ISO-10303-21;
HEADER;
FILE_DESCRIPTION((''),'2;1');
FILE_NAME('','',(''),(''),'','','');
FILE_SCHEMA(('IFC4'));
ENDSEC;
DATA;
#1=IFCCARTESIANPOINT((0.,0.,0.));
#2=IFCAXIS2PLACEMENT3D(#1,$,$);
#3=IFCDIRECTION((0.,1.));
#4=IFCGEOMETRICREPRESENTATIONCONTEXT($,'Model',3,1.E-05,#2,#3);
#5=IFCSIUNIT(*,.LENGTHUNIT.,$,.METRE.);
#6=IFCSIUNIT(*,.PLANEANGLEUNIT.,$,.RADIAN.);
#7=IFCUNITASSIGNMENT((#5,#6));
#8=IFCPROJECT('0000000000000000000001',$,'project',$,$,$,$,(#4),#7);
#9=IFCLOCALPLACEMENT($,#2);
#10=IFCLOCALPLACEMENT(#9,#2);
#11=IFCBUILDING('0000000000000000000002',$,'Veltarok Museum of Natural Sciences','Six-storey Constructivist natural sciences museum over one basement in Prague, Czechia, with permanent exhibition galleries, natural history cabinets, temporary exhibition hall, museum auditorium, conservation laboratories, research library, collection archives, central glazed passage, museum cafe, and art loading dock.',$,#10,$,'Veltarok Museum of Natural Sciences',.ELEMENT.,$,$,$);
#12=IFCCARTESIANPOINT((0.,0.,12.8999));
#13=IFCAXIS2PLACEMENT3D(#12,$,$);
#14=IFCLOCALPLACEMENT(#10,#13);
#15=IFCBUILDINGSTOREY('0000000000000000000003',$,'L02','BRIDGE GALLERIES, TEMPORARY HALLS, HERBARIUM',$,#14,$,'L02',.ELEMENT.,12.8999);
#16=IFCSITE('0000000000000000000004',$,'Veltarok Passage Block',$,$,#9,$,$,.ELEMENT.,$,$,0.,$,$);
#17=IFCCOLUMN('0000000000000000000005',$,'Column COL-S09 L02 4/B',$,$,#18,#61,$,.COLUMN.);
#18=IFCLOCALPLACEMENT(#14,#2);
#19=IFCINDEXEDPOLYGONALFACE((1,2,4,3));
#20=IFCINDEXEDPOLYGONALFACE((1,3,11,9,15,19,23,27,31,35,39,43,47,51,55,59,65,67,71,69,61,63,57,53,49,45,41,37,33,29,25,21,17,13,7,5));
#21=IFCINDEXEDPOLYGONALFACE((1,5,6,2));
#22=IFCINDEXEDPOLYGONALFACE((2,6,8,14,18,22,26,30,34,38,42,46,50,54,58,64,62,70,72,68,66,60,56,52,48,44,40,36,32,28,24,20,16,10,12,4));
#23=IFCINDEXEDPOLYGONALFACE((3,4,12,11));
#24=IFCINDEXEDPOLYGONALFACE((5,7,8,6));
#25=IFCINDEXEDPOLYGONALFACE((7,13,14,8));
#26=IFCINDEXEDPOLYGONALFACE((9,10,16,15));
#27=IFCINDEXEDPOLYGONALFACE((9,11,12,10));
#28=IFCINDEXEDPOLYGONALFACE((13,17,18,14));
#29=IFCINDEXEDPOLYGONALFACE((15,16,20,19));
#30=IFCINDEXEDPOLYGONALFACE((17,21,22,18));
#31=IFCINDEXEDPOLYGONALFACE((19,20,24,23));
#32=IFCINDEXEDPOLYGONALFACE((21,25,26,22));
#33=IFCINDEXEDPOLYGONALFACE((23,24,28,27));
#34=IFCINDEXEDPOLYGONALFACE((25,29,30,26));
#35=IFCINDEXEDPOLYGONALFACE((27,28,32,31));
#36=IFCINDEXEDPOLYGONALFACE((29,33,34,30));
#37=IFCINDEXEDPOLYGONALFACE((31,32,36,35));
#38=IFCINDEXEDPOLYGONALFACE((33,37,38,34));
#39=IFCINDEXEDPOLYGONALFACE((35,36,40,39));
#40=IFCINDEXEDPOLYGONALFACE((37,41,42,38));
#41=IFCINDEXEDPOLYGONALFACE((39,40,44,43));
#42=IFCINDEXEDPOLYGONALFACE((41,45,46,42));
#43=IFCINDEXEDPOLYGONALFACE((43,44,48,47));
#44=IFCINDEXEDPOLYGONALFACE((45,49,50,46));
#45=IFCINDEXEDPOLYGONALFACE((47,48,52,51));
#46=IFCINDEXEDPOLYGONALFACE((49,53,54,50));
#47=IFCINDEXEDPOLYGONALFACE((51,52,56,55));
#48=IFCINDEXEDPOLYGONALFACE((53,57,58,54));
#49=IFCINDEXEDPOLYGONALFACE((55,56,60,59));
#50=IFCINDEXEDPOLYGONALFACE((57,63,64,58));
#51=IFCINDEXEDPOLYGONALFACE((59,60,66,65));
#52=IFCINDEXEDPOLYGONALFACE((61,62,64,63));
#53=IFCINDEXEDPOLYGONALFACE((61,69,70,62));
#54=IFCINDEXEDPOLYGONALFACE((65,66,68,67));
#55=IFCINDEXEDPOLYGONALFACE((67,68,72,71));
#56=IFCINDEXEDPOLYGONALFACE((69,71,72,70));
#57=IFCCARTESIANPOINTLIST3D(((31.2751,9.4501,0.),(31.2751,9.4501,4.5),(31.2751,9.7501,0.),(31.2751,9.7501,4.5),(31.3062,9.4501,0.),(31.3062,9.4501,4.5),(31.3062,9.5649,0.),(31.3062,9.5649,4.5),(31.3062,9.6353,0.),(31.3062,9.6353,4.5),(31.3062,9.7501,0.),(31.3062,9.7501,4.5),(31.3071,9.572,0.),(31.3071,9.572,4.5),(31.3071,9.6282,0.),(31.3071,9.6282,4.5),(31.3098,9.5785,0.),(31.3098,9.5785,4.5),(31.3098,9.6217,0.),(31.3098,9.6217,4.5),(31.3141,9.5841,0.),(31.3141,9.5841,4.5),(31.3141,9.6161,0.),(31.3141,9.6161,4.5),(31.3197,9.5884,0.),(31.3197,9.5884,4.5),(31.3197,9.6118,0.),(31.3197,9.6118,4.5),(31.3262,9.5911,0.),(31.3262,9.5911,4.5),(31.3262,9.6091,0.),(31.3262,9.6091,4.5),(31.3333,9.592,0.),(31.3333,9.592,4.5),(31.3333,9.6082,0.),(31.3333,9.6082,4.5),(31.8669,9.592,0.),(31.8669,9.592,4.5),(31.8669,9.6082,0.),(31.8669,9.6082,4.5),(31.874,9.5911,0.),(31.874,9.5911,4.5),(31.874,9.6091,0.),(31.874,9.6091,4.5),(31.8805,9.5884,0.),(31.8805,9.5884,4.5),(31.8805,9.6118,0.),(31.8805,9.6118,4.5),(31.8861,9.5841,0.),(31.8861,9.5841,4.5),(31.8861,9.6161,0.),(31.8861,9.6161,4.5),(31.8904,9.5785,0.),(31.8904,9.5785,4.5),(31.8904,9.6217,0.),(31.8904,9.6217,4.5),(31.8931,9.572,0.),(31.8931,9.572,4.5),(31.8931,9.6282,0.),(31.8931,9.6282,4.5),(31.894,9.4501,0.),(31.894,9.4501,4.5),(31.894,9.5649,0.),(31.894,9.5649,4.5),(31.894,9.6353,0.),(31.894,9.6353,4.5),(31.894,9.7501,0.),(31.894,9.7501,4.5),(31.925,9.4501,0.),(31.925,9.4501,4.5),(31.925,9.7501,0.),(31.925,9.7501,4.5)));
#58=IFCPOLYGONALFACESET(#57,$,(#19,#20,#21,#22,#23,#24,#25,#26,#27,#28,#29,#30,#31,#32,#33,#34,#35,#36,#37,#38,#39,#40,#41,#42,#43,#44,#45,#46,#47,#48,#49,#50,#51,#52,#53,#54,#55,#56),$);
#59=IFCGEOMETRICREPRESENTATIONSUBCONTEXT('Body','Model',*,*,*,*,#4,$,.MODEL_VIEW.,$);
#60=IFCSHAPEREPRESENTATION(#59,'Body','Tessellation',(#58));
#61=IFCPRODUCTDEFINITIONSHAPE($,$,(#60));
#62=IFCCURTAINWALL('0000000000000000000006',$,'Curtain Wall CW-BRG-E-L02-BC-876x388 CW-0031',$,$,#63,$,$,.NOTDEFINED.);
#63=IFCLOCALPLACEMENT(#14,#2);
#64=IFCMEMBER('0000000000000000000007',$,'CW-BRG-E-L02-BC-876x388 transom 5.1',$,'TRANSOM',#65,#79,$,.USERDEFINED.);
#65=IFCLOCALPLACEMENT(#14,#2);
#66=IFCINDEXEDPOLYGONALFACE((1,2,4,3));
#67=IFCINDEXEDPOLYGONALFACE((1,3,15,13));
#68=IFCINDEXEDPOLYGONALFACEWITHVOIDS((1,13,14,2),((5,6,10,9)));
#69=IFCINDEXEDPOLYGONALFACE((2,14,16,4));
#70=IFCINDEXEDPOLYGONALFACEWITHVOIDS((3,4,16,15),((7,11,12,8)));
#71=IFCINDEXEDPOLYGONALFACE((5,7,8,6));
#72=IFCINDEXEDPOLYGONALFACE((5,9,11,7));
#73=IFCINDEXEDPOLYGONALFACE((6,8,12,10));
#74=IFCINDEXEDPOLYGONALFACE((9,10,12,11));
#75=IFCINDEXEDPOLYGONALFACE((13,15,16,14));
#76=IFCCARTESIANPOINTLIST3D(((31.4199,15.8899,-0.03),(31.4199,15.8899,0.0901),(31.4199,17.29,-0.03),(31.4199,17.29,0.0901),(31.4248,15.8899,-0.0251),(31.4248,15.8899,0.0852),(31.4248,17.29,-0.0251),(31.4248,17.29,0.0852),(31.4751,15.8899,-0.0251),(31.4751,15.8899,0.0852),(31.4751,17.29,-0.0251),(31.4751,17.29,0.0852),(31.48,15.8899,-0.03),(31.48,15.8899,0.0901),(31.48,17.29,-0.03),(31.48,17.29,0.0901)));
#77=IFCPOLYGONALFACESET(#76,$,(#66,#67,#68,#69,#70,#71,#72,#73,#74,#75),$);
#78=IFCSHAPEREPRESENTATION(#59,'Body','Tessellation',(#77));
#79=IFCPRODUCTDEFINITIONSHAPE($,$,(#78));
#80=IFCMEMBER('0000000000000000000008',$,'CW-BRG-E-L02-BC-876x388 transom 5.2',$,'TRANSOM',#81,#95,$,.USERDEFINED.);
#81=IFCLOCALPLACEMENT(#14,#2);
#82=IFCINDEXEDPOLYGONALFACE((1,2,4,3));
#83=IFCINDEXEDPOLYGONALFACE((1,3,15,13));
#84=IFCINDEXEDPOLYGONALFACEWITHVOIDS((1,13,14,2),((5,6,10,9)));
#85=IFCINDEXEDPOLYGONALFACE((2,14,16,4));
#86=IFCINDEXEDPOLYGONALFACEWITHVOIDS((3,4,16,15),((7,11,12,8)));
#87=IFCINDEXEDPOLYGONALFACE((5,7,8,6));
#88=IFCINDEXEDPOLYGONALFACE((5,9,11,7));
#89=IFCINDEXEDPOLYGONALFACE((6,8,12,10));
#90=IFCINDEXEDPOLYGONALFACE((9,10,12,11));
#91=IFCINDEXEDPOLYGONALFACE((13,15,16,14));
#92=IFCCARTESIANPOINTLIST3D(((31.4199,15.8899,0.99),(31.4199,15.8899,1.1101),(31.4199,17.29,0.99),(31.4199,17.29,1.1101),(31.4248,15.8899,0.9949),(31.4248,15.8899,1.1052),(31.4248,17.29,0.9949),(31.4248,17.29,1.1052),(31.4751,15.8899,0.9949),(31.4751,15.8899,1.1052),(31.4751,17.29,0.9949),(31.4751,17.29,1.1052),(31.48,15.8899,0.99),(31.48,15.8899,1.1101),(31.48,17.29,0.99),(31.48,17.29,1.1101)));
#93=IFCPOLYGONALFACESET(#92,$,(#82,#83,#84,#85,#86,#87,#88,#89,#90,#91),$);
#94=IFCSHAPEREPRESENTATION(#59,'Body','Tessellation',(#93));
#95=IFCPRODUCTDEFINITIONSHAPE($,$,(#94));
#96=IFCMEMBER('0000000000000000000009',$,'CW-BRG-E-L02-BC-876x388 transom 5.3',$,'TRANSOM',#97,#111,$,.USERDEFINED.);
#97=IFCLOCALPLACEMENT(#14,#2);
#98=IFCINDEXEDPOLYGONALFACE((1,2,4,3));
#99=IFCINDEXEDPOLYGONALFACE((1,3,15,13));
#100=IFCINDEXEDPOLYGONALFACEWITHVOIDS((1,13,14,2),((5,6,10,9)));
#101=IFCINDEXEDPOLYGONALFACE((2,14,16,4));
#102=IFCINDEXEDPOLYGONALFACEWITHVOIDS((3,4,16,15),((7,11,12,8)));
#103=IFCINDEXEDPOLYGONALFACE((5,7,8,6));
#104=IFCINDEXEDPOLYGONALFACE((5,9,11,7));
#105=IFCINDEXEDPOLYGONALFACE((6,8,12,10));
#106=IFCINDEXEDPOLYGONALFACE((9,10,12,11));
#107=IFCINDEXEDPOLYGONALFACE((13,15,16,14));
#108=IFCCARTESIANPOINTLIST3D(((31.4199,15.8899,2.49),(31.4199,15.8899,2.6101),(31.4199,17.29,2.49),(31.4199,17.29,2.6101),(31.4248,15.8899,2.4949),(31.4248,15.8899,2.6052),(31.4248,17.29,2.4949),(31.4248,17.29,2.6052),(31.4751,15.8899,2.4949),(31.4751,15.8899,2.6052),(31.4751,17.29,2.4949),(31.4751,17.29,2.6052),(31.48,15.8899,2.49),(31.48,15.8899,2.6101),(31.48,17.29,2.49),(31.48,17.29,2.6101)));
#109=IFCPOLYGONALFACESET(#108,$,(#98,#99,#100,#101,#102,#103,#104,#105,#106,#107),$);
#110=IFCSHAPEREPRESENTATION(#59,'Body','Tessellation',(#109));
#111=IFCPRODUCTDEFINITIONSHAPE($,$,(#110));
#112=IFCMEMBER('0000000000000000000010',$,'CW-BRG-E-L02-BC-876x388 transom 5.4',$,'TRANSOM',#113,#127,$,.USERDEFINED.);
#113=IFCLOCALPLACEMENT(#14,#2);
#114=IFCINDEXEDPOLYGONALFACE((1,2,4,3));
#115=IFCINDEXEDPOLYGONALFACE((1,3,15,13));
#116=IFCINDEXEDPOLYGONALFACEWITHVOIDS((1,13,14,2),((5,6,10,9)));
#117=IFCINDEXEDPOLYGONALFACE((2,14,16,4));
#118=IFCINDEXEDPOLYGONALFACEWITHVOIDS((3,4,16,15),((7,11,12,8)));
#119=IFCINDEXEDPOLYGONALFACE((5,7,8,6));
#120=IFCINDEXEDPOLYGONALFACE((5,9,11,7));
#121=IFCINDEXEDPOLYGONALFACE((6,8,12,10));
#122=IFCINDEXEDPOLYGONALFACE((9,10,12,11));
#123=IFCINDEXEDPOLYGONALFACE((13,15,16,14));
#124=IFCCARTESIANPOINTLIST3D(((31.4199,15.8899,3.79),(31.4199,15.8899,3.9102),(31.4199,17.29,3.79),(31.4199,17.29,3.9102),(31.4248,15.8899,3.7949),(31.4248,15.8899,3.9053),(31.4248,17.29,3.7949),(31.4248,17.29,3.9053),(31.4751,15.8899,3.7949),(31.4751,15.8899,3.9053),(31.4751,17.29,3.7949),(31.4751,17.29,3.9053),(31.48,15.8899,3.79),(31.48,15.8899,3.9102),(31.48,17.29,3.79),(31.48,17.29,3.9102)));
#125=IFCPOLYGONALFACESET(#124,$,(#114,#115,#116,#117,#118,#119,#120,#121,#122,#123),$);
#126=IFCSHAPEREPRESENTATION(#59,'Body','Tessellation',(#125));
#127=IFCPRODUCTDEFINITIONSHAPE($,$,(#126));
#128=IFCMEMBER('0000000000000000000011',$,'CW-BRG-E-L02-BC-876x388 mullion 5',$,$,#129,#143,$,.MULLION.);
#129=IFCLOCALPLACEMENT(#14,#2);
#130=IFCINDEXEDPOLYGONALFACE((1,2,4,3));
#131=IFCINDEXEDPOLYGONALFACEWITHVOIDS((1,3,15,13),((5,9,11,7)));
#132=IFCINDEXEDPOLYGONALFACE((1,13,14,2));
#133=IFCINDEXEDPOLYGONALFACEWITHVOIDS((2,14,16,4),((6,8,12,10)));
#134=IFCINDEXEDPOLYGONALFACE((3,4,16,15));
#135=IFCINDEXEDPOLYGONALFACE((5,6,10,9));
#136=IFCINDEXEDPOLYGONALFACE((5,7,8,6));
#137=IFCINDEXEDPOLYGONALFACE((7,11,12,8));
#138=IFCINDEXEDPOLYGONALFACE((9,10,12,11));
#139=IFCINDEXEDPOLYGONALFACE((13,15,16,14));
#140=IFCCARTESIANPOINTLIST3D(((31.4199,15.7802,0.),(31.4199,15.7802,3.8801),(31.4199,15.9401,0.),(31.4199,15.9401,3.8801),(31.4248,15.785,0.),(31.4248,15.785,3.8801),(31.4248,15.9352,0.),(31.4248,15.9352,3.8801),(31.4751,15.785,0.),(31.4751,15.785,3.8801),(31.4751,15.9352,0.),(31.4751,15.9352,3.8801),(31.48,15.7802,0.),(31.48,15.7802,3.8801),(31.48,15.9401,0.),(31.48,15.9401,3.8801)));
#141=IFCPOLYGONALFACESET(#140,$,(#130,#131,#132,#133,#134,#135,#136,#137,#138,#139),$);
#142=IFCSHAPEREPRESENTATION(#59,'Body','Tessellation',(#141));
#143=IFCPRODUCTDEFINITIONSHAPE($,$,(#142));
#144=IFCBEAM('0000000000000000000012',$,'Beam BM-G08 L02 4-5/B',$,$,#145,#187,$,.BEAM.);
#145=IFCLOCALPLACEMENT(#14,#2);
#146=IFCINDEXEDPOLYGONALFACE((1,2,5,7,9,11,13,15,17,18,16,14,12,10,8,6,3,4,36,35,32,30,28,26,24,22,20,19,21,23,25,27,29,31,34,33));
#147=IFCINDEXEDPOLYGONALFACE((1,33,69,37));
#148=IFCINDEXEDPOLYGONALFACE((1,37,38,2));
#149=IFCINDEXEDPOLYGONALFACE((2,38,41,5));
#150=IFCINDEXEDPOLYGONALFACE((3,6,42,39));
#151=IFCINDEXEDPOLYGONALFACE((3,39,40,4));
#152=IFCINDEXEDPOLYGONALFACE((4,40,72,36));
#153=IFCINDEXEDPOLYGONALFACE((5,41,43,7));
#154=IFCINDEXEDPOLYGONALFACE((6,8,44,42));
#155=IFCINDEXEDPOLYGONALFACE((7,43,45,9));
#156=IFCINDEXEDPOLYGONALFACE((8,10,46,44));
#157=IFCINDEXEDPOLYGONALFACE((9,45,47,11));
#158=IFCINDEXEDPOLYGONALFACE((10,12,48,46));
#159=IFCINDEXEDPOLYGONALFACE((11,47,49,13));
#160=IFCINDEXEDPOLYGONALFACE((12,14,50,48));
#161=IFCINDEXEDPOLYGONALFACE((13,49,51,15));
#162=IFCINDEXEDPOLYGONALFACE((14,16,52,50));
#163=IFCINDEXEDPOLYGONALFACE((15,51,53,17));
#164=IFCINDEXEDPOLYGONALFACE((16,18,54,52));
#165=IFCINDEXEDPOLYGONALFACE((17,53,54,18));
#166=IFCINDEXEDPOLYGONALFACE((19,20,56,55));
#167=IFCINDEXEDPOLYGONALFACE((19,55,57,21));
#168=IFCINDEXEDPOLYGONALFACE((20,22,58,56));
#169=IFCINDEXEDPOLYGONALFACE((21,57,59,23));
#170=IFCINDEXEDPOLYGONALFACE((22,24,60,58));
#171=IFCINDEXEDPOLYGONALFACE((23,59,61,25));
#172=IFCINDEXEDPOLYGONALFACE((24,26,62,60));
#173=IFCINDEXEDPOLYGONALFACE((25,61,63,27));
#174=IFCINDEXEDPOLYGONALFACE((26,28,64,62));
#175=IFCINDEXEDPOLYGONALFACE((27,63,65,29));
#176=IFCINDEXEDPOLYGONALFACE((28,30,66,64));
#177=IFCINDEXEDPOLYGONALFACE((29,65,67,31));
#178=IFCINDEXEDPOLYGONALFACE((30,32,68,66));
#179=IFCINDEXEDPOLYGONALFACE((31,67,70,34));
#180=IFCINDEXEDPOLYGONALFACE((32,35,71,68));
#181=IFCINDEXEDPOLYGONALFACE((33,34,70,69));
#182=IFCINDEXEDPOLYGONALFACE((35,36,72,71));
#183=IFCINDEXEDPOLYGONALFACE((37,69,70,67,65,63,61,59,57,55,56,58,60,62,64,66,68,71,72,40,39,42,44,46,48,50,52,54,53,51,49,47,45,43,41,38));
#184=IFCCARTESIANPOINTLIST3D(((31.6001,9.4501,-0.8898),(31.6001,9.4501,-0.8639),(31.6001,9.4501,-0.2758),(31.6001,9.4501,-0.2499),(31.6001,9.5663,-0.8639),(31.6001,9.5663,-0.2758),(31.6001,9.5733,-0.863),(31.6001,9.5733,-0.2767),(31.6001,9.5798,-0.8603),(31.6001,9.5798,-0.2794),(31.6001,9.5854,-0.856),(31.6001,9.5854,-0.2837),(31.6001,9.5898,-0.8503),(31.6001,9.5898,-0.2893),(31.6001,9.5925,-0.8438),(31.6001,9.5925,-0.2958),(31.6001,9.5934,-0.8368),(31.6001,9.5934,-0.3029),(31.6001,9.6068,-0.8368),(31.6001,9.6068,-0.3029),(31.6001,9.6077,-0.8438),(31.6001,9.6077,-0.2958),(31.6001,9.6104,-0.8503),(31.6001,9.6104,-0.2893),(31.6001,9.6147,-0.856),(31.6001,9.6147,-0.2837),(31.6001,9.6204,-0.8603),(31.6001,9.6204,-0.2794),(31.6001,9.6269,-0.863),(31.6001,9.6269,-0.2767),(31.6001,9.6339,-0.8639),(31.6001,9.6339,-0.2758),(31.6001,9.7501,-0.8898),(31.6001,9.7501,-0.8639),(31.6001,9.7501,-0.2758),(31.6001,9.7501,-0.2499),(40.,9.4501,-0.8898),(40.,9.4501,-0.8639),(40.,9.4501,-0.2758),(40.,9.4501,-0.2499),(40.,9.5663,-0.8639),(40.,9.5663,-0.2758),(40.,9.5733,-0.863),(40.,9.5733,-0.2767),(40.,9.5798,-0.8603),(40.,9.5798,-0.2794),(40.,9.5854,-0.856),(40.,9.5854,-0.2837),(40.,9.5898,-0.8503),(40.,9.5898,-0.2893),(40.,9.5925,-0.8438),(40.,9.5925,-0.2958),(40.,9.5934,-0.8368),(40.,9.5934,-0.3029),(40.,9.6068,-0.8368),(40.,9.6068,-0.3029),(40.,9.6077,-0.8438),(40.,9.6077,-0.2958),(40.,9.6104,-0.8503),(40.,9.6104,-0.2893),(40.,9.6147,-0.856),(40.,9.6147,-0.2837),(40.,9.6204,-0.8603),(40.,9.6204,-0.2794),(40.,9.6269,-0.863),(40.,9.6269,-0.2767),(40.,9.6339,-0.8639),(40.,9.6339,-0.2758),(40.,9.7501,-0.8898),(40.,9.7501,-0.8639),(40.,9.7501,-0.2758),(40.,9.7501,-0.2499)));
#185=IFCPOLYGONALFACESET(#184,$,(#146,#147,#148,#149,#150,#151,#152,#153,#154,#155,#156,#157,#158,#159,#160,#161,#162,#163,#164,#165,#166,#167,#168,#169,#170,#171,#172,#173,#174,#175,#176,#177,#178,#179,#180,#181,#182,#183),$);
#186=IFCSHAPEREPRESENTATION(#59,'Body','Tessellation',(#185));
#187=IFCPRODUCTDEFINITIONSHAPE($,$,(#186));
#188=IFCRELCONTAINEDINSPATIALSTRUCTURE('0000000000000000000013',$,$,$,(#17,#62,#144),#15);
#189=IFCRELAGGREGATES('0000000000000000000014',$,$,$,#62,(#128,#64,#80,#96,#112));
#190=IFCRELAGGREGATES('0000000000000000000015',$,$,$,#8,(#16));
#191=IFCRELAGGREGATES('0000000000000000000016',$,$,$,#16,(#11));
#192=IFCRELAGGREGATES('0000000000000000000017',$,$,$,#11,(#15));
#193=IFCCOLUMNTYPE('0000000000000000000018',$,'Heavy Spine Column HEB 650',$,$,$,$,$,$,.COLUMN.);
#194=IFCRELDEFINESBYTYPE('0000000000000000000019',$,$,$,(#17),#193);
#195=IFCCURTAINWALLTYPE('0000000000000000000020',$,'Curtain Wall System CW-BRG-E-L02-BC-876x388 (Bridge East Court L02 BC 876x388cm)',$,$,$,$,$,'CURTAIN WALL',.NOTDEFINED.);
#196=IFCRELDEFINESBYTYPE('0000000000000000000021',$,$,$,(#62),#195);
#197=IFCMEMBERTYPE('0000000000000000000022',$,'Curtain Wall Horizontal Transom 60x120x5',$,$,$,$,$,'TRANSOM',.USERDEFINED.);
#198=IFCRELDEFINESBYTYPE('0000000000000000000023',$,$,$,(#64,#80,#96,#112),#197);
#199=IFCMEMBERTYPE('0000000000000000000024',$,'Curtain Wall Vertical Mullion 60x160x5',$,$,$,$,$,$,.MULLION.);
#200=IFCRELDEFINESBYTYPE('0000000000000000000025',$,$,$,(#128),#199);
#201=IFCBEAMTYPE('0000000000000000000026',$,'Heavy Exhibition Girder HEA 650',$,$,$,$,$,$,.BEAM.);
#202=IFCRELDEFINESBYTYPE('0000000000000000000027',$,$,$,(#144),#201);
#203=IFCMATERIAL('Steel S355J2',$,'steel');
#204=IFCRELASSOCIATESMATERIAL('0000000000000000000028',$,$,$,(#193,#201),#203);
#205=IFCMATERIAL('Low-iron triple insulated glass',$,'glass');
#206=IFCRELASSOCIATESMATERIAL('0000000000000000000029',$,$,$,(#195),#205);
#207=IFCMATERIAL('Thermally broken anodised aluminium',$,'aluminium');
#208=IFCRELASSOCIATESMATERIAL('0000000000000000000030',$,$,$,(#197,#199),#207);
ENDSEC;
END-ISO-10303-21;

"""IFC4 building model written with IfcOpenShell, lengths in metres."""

from ifc_helpers import new_model, si_unit, direction, frame, origin, origin_2d, place, context, subcontext, project, spatial, hollow_rectangle, i_section, extrude, material, material_profile, profile_set, type_object, element, aggregate, save


model = new_model("IFC4")

# Units and contexts
model_context = context("Model", 3, precision=1e-05, world=origin(), true_north=direction((0.0, 1.0)))
body_context = subcontext(model_context, "Body", "Model", "MODEL_VIEW")
ifc_project = project(units=[si_unit("LENGTHUNIT", "METRE"), si_unit("PLANEANGLEUNIT", "RADIAN")], contexts=[model_context])

# Site, building, storey
site_placement = place(None, origin())
site = spatial("IfcSite", under=ifc_project, at=site_placement, Name="Veltarok Passage Block", CompositionType="ELEMENT", RefElevation=0.0)
building_placement = place(site_placement, origin())
building = spatial("IfcBuilding", under=site, at=building_placement, Name="Veltarok Museum of Natural Sciences", Description="Six-storey Constructivist natural sciences museum over one basement in Prague, Czechia, with permanent exhibition galleries, natural history cabinets, temporary exhibition hall, museum auditorium, conservation laboratories, research library, collection archives, central glazed passage, museum cafe, and art loading dock.", LongName="Veltarok Museum of Natural Sciences", CompositionType="ELEMENT")
storey_placement = place(building_placement, frame((0.0, 0.0, 12.8999)))
storey = spatial("IfcBuildingStorey", under=building, at=storey_placement, Name="L02", Description="BRIDGE GALLERIES, TEMPORARY HALLS, HERBARIUM", LongName="L02", CompositionType="ELEMENT", Elevation=12.8999)

# Column
ifc_material_1 = material(Name="Steel S355J2", Category="steel")
ifc_material_profile_1 = material_profile(ifc_material_1, i_section(OverallWidth=0.3, OverallDepth=0.6499, WebThickness=0.0161, FlangeThickness=0.031, FilletRadius=0.0271, at=origin_2d()), Name="HEB 650")
ifc_profile_set_1 = profile_set([ifc_material_profile_1], Name="Steel S355J2")
column_type = type_object("IfcColumnType", Name="Heavy Spine Column HEB 650", PredefinedType="COLUMN", material=ifc_profile_set_1)
column_placement = place(storey_placement, frame((31.6001, 9.6001, 0.0), z_axis=(0.0, 0.0, 1.0), x_axis=(0.0, 1.0, 0.0)))
element("IfcColumn", 1, at=column_placement, inside=storey, type_object=column_type, Name="Column COL-S09 L02 4/B", PredefinedType="COLUMN", context=body_context, shape_type="SweptSolid", body=[
    extrude(i_section(OverallWidth=0.3, OverallDepth=0.6499, WebThickness=0.0161, FlangeThickness=0.031, FilletRadius=0.0271, at=origin_2d()), origin(), (0.0, 0.0, 1.0), 4.5),
])

# Curtain wall, members
ifc_material_2 = material(Name="Low-iron triple insulated glass", Category="glass")
curtain_wall_type = type_object("IfcCurtainWallType", Name="Curtain Wall System CW-BRG-E-L02-BC-876x388 (Bridge East Court L02 BC 876x388cm)", ElementType="CURTAIN WALL", PredefinedType="NOTDEFINED", material=ifc_material_2)
curtain_wall_placement = place(storey_placement, origin())
curtain_wall = element("IfcCurtainWall", 2, at=curtain_wall_placement, inside=storey, type_object=curtain_wall_type, Name="Curtain Wall CW-BRG-E-L02-BC-876x388 CW-0031", PredefinedType="NOTDEFINED")
ifc_material_3 = material(Name="Thermally broken anodised aluminium", Category="aluminium")
ifc_material_profile_2 = material_profile(ifc_material_3, hollow_rectangle(XDim=0.0601, YDim=0.1201, WallThickness=0.0049, at=origin_2d()), Name="CW TRANSOM 60x120x5")
ifc_profile_set_2 = profile_set([ifc_material_profile_2], Name="Thermally broken anodised aluminium")
member_type_1 = type_object("IfcMemberType", Name="Curtain Wall Horizontal Transom 60x120x5", ElementType="TRANSOM", PredefinedType="USERDEFINED", material=ifc_profile_set_2)
member_1_placement = place(storey_placement, frame((31.45, 15.8899, 0.03), z_axis=(0.0, 1.0, 0.0), x_axis=(-1.0, 0.0, 0.0)))
member_1 = element("IfcMember", 3, at=member_1_placement, type_object=member_type_1, Name="CW-BRG-E-L02-BC-876x388 transom 5.1", ObjectType="TRANSOM", PredefinedType="USERDEFINED", context=body_context, shape_type="SweptSolid", body=[
    extrude(hollow_rectangle(XDim=0.0601, YDim=0.1201, WallThickness=0.0049, at=origin_2d()), origin(), (0.0, 0.0, 1.0), 1.4001),
])
member_2_placement = place(storey_placement, frame((31.45, 15.8899, 1.05), z_axis=(0.0, 1.0, 0.0), x_axis=(-1.0, 0.0, 0.0)))
member_2 = element("IfcMember", 4, at=member_2_placement, type_object=member_type_1, Name="CW-BRG-E-L02-BC-876x388 transom 5.2", ObjectType="TRANSOM", PredefinedType="USERDEFINED", context=body_context, shape_type="SweptSolid", body=[
    extrude(hollow_rectangle(XDim=0.0601, YDim=0.1201, WallThickness=0.0049, at=origin_2d()), origin(), (0.0, 0.0, 1.0), 1.4001),
])
member_3_placement = place(storey_placement, frame((31.45, 15.8899, 2.55), z_axis=(0.0, 1.0, 0.0), x_axis=(-1.0, 0.0, 0.0)))
member_3 = element("IfcMember", 5, at=member_3_placement, type_object=member_type_1, Name="CW-BRG-E-L02-BC-876x388 transom 5.3", ObjectType="TRANSOM", PredefinedType="USERDEFINED", context=body_context, shape_type="SweptSolid", body=[
    extrude(hollow_rectangle(XDim=0.0601, YDim=0.1201, WallThickness=0.0049, at=origin_2d()), origin(), (0.0, 0.0, 1.0), 1.4001),
])
member_4_placement = place(storey_placement, frame((31.45, 15.8899, 3.8501), z_axis=(0.0, 1.0, 0.0), x_axis=(-1.0, 0.0, 0.0)))
member_4 = element("IfcMember", 6, at=member_4_placement, type_object=member_type_1, Name="CW-BRG-E-L02-BC-876x388 transom 5.4", ObjectType="TRANSOM", PredefinedType="USERDEFINED", context=body_context, shape_type="SweptSolid", body=[
    extrude(hollow_rectangle(XDim=0.0601, YDim=0.1201, WallThickness=0.0049, at=origin_2d()), origin(), (0.0, 0.0, 1.0), 1.4001),
])
ifc_material_profile_3 = material_profile(ifc_material_3, hollow_rectangle(XDim=0.0601, YDim=0.1599, WallThickness=0.0049, at=origin_2d()), Name="CW MULLION 60x160x5")
ifc_profile_set_3 = profile_set([ifc_material_profile_3], Name="Thermally broken anodised aluminium")
member_type_2 = type_object("IfcMemberType", Name="Curtain Wall Vertical Mullion 60x160x5", PredefinedType="MULLION", material=ifc_profile_set_3)
member_5_placement = place(storey_placement, frame((31.45, 15.8601, 0.0), z_axis=(0.0, 0.0, 1.0), x_axis=(-1.0, 0.0, 0.0)))
member_5 = element("IfcMember", 7, at=member_5_placement, type_object=member_type_2, Name="CW-BRG-E-L02-BC-876x388 mullion 5", PredefinedType="MULLION", context=body_context, shape_type="SweptSolid", body=[
    extrude(hollow_rectangle(XDim=0.0601, YDim=0.1599, WallThickness=0.0049, at=origin_2d()), origin(), (0.0, 0.0, 1.0), 3.8801),
])

# Beam
ifc_material_profile_4 = material_profile(ifc_material_1, i_section(OverallWidth=0.3, OverallDepth=0.6399, WebThickness=0.0134, FlangeThickness=0.0259, FilletRadius=0.0271, at=origin_2d()), Name="HEA 650")
ifc_profile_set_4 = profile_set([ifc_material_profile_4], Name="Steel S355J2")
beam_type = type_object("IfcBeamType", Name="Heavy Exhibition Girder HEA 650", PredefinedType="BEAM", material=ifc_profile_set_4)
beam_placement = place(storey_placement, frame((31.6001, 9.6001, -0.5698), z_axis=(1.0, 0.0, 0.0), x_axis=(0.0, 1.0, 0.0)))
element("IfcBeam", 8, at=beam_placement, inside=storey, type_object=beam_type, Name="Beam BM-G08 L02 4-5/B", PredefinedType="BEAM", context=body_context, shape_type="SweptSolid", body=[
    extrude(i_section(OverallWidth=0.3, OverallDepth=0.6399, WebThickness=0.0134, FlangeThickness=0.0259, FilletRadius=0.0271, at=origin_2d()), origin(), (0.0, 0.0, 1.0), 8.3999),
])

aggregate(curtain_wall, [member_5, member_1, member_2, member_3, member_4])

save(model, "model.ifc")
